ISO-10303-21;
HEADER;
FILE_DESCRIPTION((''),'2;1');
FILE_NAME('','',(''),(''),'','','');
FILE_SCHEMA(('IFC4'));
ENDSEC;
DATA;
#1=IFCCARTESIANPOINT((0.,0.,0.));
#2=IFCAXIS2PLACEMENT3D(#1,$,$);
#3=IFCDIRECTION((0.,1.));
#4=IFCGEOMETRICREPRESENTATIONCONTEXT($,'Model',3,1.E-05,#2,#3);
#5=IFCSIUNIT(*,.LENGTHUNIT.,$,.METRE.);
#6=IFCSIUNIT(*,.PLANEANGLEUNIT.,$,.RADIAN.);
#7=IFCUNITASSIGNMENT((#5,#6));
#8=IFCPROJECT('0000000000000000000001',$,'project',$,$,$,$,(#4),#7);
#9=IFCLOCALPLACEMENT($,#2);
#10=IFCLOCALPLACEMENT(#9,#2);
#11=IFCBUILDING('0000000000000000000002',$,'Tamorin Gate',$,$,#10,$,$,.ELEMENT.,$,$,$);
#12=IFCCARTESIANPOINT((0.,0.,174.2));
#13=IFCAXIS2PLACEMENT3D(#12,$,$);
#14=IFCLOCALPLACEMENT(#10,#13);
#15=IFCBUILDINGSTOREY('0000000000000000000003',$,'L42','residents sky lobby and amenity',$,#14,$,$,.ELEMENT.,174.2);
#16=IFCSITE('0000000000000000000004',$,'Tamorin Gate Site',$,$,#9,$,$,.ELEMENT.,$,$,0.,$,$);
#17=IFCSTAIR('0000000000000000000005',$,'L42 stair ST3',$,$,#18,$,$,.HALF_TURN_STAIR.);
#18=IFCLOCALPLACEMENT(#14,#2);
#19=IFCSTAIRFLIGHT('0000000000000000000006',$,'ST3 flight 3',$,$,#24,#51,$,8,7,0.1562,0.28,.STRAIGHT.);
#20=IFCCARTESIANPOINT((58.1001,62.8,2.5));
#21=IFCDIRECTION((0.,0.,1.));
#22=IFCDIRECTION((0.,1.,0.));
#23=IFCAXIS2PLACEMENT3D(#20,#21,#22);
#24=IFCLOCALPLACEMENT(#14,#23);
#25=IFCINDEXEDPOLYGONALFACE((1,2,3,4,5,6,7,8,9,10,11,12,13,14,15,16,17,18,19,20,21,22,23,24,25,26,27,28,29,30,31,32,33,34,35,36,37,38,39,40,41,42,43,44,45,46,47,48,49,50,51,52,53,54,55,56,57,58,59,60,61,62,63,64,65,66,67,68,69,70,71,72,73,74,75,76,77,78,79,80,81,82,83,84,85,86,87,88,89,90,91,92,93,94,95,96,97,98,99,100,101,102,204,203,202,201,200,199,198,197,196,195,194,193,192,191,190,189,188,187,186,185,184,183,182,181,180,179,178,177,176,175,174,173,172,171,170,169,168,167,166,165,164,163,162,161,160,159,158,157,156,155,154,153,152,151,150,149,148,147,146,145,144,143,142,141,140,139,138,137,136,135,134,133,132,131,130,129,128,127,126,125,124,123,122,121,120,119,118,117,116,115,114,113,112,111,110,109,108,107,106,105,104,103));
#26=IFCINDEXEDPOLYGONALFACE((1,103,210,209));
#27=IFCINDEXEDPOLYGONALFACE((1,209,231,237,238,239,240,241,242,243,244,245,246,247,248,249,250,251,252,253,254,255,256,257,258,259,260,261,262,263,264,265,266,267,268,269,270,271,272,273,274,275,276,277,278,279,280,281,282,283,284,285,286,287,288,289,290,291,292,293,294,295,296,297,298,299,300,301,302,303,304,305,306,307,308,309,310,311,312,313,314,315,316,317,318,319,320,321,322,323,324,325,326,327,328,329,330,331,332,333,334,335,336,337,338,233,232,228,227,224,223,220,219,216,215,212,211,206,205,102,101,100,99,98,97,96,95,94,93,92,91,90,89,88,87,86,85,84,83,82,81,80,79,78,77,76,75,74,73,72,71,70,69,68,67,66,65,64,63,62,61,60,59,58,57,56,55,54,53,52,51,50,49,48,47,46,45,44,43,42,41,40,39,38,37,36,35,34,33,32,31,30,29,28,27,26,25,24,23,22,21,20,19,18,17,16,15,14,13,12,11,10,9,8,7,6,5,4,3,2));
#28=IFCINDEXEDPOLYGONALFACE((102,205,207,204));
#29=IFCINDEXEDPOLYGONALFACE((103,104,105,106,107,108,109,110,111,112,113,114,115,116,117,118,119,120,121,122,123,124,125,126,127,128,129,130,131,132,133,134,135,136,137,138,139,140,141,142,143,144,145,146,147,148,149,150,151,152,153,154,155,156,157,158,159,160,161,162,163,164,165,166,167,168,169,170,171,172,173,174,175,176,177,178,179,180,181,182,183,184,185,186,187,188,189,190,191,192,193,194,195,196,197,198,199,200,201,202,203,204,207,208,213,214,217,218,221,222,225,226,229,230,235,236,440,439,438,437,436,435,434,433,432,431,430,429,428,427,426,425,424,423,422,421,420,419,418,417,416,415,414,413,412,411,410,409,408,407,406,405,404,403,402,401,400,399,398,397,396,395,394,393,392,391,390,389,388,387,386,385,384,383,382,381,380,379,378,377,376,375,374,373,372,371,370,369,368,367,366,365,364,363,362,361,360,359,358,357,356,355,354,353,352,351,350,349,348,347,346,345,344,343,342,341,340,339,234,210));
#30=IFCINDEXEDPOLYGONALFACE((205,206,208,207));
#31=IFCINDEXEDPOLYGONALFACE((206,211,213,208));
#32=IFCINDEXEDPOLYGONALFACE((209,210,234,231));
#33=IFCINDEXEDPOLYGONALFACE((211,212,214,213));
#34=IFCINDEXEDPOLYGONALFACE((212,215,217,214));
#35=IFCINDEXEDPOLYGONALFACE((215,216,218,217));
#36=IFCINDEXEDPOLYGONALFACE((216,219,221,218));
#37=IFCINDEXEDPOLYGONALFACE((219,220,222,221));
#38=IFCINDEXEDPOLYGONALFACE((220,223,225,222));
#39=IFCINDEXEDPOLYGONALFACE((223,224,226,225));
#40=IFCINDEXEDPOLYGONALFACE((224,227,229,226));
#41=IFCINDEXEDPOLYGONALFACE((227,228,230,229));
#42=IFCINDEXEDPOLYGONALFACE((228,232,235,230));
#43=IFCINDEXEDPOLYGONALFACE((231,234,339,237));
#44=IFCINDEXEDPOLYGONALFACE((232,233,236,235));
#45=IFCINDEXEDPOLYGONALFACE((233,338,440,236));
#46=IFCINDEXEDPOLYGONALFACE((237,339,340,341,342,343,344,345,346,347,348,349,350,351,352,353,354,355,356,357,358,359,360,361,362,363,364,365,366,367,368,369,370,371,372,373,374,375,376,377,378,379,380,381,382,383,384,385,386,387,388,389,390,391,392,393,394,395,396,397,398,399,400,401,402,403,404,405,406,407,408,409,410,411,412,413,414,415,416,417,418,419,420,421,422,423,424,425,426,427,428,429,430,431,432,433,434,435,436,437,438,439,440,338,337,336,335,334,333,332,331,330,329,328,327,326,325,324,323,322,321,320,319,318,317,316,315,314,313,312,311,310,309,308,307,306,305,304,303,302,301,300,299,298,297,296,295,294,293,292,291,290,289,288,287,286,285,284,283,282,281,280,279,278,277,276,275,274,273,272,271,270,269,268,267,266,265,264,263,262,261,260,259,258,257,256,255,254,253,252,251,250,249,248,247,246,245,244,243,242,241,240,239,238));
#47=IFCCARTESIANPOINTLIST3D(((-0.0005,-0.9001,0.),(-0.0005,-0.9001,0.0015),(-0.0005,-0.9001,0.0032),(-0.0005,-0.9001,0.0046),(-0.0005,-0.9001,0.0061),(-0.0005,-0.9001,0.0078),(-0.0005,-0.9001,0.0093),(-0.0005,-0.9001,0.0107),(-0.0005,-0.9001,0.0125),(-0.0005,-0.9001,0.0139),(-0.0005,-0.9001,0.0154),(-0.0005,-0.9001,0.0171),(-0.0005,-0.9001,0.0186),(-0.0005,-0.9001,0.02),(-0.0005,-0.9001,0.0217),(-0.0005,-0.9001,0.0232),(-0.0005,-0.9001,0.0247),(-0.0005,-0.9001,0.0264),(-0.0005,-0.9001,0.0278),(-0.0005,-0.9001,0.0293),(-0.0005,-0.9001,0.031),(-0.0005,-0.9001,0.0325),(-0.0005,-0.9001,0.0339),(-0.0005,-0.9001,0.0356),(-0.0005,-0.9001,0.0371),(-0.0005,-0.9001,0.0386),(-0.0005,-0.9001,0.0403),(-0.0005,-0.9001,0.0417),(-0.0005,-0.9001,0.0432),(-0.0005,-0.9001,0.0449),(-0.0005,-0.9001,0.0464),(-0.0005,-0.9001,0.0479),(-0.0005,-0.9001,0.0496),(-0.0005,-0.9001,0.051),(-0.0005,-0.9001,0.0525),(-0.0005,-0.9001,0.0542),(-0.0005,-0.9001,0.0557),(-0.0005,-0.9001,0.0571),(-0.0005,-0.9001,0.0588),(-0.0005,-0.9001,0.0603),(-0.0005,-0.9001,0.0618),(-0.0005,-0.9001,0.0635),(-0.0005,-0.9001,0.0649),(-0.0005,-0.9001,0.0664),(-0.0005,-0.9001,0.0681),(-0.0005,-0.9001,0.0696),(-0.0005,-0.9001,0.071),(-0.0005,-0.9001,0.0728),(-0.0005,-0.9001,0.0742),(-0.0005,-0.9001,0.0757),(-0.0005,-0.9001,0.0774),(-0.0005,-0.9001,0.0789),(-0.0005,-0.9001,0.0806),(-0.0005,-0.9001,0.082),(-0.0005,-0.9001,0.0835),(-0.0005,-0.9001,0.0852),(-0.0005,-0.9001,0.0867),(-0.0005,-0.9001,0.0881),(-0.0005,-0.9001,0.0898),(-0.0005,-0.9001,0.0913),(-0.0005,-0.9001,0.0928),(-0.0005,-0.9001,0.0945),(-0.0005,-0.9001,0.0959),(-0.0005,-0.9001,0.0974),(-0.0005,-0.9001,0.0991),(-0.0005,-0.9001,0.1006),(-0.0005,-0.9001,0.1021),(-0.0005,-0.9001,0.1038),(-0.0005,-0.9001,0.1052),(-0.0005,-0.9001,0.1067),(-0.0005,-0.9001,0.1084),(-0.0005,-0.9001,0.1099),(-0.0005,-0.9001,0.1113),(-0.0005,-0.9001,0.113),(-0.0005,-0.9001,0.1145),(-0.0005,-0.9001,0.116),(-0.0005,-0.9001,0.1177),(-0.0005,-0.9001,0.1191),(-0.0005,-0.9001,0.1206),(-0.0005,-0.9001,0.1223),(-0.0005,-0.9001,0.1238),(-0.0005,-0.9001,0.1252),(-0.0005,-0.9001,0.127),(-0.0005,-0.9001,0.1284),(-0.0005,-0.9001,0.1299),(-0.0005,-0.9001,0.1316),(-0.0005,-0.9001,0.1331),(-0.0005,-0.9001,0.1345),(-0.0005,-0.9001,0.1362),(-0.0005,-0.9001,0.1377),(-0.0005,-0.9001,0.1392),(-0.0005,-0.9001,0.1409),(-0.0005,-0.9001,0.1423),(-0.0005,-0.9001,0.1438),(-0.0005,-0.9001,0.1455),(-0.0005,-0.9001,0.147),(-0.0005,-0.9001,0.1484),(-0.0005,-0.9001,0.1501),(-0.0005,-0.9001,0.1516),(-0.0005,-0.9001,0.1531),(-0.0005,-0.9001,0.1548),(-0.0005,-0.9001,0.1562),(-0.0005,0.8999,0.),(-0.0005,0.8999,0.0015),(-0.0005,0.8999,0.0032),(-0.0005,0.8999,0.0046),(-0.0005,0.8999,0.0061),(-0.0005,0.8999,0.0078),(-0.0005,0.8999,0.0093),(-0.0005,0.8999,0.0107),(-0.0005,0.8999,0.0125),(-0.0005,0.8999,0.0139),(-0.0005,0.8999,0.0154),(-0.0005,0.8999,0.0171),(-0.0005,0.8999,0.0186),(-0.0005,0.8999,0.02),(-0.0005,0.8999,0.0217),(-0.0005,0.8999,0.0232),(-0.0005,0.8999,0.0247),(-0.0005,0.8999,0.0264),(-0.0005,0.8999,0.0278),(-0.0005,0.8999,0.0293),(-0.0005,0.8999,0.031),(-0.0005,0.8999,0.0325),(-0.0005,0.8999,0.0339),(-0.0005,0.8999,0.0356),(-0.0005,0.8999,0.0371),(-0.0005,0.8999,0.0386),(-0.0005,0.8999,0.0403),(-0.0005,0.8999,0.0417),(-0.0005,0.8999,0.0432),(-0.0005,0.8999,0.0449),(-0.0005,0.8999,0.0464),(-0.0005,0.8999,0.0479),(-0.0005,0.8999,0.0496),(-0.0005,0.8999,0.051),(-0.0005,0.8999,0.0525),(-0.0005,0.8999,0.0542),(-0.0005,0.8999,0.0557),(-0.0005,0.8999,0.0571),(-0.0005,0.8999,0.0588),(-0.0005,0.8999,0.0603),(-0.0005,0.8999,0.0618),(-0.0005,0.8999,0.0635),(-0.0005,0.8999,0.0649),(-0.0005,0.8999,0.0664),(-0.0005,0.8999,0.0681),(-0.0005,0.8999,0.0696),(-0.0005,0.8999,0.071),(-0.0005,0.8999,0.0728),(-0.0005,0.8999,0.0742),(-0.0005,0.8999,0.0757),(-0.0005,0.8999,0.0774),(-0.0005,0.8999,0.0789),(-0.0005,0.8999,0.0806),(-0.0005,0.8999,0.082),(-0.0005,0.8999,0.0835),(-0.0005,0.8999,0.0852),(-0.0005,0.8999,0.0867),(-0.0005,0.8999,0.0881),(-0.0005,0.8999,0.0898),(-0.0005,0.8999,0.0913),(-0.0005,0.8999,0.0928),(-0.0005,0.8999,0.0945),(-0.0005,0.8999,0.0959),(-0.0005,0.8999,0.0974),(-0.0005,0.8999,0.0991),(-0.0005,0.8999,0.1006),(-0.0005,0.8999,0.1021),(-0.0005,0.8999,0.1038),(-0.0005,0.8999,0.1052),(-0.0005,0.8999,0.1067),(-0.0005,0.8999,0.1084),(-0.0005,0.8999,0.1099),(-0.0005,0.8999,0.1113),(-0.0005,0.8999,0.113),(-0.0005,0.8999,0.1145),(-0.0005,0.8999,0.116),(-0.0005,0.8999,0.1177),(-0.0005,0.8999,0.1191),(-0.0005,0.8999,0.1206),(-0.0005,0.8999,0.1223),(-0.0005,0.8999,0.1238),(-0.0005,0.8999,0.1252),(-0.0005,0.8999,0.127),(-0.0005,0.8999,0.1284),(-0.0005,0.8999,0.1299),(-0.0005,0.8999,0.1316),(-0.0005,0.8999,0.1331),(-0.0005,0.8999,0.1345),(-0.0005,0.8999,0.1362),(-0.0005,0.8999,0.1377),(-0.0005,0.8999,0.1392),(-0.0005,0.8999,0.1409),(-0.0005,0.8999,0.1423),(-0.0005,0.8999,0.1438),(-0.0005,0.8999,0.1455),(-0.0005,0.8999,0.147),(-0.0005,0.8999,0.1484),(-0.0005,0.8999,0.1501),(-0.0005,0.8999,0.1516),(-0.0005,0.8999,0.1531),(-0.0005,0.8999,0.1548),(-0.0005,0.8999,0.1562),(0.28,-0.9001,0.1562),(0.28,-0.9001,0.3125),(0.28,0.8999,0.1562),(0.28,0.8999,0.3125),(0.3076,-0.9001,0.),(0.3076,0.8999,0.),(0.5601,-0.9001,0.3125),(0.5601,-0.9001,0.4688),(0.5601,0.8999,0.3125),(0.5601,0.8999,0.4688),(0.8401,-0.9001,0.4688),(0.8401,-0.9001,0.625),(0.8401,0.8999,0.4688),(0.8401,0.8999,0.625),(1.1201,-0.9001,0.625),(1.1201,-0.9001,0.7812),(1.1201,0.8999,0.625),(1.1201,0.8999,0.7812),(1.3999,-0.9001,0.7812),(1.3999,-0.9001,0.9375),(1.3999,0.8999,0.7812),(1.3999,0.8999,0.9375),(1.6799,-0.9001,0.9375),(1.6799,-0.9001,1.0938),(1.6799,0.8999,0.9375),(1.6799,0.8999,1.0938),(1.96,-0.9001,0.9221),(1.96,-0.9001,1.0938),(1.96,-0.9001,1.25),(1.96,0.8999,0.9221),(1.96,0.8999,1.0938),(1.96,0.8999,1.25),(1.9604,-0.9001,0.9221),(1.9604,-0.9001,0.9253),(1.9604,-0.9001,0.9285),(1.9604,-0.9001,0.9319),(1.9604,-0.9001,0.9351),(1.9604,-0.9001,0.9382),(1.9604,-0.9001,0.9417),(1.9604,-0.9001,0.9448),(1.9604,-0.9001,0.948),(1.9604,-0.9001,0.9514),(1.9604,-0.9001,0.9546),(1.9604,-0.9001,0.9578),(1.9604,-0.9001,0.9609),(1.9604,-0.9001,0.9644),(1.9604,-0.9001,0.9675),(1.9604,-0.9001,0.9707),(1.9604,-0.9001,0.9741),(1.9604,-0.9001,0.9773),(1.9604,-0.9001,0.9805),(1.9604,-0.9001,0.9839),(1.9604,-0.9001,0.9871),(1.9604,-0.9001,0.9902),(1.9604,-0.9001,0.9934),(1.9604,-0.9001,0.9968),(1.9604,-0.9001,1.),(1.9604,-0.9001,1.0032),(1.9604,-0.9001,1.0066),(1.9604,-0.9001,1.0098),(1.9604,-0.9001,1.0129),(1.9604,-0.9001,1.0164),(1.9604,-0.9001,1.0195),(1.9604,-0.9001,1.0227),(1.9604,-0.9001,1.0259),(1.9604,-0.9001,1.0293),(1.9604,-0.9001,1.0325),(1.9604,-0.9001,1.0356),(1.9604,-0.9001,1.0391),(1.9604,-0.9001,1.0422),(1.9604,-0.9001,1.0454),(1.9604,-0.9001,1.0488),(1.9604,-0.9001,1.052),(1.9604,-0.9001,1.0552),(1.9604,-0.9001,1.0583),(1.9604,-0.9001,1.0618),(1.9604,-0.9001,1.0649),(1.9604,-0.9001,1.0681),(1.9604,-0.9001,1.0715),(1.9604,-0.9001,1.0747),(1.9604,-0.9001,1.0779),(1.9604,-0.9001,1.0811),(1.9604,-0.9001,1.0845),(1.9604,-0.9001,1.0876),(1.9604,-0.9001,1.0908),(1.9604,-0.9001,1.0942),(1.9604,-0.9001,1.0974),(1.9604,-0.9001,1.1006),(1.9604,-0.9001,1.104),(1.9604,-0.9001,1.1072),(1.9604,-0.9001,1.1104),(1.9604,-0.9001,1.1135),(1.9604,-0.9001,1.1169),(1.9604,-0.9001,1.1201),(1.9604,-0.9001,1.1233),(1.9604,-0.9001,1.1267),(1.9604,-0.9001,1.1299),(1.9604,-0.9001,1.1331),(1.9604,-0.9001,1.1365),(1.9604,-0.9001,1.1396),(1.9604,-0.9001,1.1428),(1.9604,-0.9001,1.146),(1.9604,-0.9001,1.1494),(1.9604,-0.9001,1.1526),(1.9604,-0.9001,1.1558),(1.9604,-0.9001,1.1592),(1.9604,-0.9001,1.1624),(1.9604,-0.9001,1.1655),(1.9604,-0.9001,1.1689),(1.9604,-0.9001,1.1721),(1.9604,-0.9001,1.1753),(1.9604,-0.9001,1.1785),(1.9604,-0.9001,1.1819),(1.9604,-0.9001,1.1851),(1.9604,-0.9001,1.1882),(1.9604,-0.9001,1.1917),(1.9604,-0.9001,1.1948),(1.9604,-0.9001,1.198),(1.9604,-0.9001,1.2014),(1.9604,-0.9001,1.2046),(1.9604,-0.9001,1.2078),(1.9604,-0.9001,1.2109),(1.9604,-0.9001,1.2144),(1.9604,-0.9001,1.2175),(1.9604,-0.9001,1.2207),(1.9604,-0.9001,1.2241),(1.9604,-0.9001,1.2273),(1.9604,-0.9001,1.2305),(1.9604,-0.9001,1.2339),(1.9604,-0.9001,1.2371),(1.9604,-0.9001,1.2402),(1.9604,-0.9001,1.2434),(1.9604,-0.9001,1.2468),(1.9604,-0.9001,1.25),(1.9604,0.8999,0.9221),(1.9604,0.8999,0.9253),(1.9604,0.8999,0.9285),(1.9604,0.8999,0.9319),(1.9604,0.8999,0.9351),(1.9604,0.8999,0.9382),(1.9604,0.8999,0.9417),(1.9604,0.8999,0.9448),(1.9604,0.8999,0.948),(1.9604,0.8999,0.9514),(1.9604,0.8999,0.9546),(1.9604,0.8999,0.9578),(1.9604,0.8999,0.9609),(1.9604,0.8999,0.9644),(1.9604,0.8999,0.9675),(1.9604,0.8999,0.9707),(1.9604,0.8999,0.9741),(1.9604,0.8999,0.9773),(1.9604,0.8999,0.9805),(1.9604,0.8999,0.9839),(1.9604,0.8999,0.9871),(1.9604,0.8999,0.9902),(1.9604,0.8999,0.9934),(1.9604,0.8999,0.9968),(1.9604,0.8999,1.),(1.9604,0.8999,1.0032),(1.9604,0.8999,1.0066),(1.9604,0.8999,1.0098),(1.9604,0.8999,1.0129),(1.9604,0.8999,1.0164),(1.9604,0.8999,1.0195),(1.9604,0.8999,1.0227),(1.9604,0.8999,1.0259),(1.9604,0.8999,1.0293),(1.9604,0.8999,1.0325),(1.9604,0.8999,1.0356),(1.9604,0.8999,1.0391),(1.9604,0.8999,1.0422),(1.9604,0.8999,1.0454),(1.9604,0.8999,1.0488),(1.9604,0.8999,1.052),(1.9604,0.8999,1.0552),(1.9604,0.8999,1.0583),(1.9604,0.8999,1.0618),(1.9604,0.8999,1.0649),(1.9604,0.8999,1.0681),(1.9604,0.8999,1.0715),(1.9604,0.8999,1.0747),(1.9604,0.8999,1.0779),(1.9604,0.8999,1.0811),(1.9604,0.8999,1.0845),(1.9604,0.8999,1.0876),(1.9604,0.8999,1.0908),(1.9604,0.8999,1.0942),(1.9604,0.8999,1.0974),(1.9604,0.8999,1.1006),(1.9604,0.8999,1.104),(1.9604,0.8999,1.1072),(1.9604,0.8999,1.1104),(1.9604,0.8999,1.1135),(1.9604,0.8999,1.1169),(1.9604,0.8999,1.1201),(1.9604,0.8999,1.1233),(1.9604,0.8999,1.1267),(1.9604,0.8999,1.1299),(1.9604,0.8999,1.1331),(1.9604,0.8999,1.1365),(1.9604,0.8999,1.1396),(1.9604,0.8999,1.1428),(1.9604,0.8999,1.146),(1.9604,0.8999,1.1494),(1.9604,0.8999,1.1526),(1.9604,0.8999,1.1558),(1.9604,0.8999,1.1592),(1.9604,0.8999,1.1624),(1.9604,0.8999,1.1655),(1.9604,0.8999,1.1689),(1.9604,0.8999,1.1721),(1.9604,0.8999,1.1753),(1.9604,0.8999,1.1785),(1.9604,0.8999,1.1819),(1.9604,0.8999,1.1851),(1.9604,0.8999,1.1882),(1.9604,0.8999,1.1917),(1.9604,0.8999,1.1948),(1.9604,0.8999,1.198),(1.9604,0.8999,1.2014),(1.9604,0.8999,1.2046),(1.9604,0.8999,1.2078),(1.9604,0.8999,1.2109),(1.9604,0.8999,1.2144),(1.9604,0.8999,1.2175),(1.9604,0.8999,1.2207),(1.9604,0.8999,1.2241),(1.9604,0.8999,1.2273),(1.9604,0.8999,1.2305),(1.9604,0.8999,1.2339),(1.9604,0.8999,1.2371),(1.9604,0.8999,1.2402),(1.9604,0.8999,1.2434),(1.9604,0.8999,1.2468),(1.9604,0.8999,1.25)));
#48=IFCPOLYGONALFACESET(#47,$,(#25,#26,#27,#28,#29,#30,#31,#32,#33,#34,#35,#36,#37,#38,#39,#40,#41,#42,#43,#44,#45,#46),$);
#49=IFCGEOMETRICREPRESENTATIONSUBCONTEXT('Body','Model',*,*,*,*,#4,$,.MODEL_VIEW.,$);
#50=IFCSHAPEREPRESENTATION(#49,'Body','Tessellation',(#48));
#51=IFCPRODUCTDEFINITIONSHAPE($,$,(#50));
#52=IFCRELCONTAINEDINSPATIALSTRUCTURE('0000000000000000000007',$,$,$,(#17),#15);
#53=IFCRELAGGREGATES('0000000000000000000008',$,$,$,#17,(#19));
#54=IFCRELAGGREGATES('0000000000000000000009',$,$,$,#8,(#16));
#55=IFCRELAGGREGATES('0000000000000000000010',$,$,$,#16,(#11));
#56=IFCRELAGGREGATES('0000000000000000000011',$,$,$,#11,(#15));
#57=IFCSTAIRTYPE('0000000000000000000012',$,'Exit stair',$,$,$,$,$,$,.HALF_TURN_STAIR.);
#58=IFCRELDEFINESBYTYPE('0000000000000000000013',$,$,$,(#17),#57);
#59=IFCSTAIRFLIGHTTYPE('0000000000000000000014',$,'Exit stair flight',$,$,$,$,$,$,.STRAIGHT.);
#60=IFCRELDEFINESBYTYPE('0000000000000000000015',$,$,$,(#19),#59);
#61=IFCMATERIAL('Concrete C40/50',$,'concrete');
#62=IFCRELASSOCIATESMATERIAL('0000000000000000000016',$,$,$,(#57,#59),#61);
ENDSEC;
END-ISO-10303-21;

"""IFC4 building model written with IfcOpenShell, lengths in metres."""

from ifc_helpers import new_model, si_unit, direction, frame, origin, place, context, subcontext, project, spatial, polyline, outline, extrude, material, type_object, element, aggregate, save


model = new_model("IFC4")

# Units and contexts
model_context = context("Model", 3, precision=1e-05, world=origin(), true_north=direction((0.0, 1.0)))
body_context = subcontext(model_context, "Body", "Model", "MODEL_VIEW")
ifc_project = project(units=[si_unit("LENGTHUNIT", "METRE"), si_unit("PLANEANGLEUNIT", "RADIAN")], contexts=[model_context])

# Site, building, storey
site_placement = place(None, origin())
site = spatial("IfcSite", under=ifc_project, at=site_placement, Name="Tamorin Gate Site", CompositionType="ELEMENT", RefElevation=0.0)
building_placement = place(site_placement, origin())
building = spatial("IfcBuilding", under=site, at=building_placement, Name="Tamorin Gate", CompositionType="ELEMENT")
storey_placement = place(building_placement, frame((0.0, 0.0, 174.2)))
storey = spatial("IfcBuildingStorey", under=building, at=storey_placement, Name="L42", Description="residents sky lobby and amenity", CompositionType="ELEMENT", Elevation=174.2)

# Shared definitions
ifc_material_1 = material(Name="Concrete C40/50", Category="concrete")

# Stair, stair flight
stair_type = type_object("IfcStairType", Name="Exit stair", PredefinedType="HALF_TURN_STAIR", material=ifc_material_1)
stair_placement = place(storey_placement, origin())
stair = element("IfcStair", 1, at=stair_placement, inside=storey, type_object=stair_type, Name="L42 stair ST3", PredefinedType="HALF_TURN_STAIR")
stair_flight_type = type_object("IfcStairFlightType", Name="Exit stair flight", PredefinedType="STRAIGHT", material=ifc_material_1)
stair_flight_1_placement = place(storey_placement, frame((58.1001, 62.8, 2.5), z_axis=(0.0, 0.0, 1.0), x_axis=(0.0, 1.0, 0.0)))
stair_flight_1 = element("IfcStairFlight", 2, at=stair_flight_1_placement, type_object=stair_flight_type, Name="ST3 flight 3", NumberOfRisers=8, NumberOfTreads=7, PredefinedType="STRAIGHT", RiserHeight=0.1562, TreadLength=0.28, context=body_context, shape_type="SweptSolid", body=[
    extrude(outline(polyline([(-0.0005, 0.0), (-0.0005, 0.0015), (-0.0005, 0.0032), (-0.0005, 0.0046), (-0.0005, 0.0061), (-0.0005, 0.0078), (-0.0005, 0.0093), (-0.0005, 0.0107), (-0.0005, 0.0125), (-0.0005, 0.0139), (-0.0005, 0.0154), (-0.0005, 0.0171), (-0.0005, 0.0186), (-0.0005, 0.02), (-0.0005, 0.0217), (-0.0005, 0.0232), (-0.0005, 0.0247), (-0.0005, 0.0264), (-0.0005, 0.0278), (-0.0005, 0.0293), (-0.0005, 0.031), (-0.0005, 0.0325), (-0.0005, 0.0339), (-0.0005, 0.0356), (-0.0005, 0.0371), (-0.0005, 0.0386), (-0.0005, 0.0403), (-0.0005, 0.0417), (-0.0005, 0.0432), (-0.0005, 0.0449), (-0.0005, 0.0464), (-0.0005, 0.0479), (-0.0005, 0.0496), (-0.0005, 0.051), (-0.0005, 0.0525), (-0.0005, 0.0542), (-0.0005, 0.0557), (-0.0005, 0.0571), (-0.0005, 0.0588), (-0.0005, 0.0603), (-0.0005, 0.0618), (-0.0005, 0.0635), (-0.0005, 0.0649), (-0.0005, 0.0664), (-0.0005, 0.0681), (-0.0005, 0.0696), (-0.0005, 0.071), (-0.0005, 0.0728), (-0.0005, 0.0742), (-0.0005, 0.0757), (-0.0005, 0.0774), (-0.0005, 0.0789), (-0.0005, 0.0806), (-0.0005, 0.082), (-0.0005, 0.0835), (-0.0005, 0.0852), (-0.0005, 0.0867), (-0.0005, 0.0881), (-0.0005, 0.0898), (-0.0005, 0.0913), (-0.0005, 0.0928), (-0.0005, 0.0945), (-0.0005, 0.0959), (-0.0005, 0.0974), (-0.0005, 0.0991), (-0.0005, 0.1006), (-0.0005, 0.1021), (-0.0005, 0.1038), (-0.0005, 0.1052), (-0.0005, 0.1067), (-0.0005, 0.1084), (-0.0005, 0.1099), (-0.0005, 0.1113), (-0.0005, 0.113), (-0.0005, 0.1145), (-0.0005, 0.116), (-0.0005, 0.1177), (-0.0005, 0.1191), (-0.0005, 0.1206), (-0.0005, 0.1223), (-0.0005, 0.1238), (-0.0005, 0.1252), (-0.0005, 0.127), (-0.0005, 0.1284), (-0.0005, 0.1299), (-0.0005, 0.1316), (-0.0005, 0.1331), (-0.0005, 0.1345), (-0.0005, 0.1362), (-0.0005, 0.1377), (-0.0005, 0.1392), (-0.0005, 0.1409), (-0.0005, 0.1423), (-0.0005, 0.1438), (-0.0005, 0.1455), (-0.0005, 0.147), (-0.0005, 0.1484), (-0.0005, 0.1501), (-0.0005, 0.1516), (-0.0005, 0.1531), (-0.0005, 0.1548), (-0.0005, 0.1562), (0.28, 0.1562), (0.28, 0.3125), (0.5601, 0.3125), (0.5601, 0.4688), (0.8401, 0.4688), (0.8401, 0.625), (1.1201, 0.625), (1.1201, 0.7812), (1.3999, 0.7812), (1.3999, 0.9375), (1.6799, 0.9375), (1.6799, 1.0938), (1.96, 1.0938), (1.96, 1.25), (1.9604, 1.25), (1.9604, 1.2468), (1.9604, 1.2434), (1.9604, 1.2402), (1.9604, 1.2371), (1.9604, 1.2339), (1.9604, 1.2305), (1.9604, 1.2273), (1.9604, 1.2241), (1.9604, 1.2207), (1.9604, 1.2175), (1.9604, 1.2144), (1.9604, 1.2109), (1.9604, 1.2078), (1.9604, 1.2046), (1.9604, 1.2014), (1.9604, 1.198), (1.9604, 1.1948), (1.9604, 1.1917), (1.9604, 1.1882), (1.9604, 1.1851), (1.9604, 1.1819), (1.9604, 1.1785), (1.9604, 1.1753), (1.9604, 1.1721), (1.9604, 1.1689), (1.9604, 1.1655), (1.9604, 1.1624), (1.9604, 1.1592), (1.9604, 1.1558), (1.9604, 1.1526), (1.9604, 1.1494), (1.9604, 1.146), (1.9604, 1.1428), (1.9604, 1.1396), (1.9604, 1.1365), (1.9604, 1.1331), (1.9604, 1.1299), (1.9604, 1.1267), (1.9604, 1.1233), (1.9604, 1.1201), (1.9604, 1.1169), (1.9604, 1.1135), (1.9604, 1.1104), (1.9604, 1.1072), (1.9604, 1.104), (1.9604, 1.1006), (1.9604, 1.0974), (1.9604, 1.0942), (1.9604, 1.0908), (1.9604, 1.0876), (1.9604, 1.0845), (1.9604, 1.0811), (1.9604, 1.0779), (1.9604, 1.0747), (1.9604, 1.0715), (1.9604, 1.0681), (1.9604, 1.0649), (1.9604, 1.0618), (1.9604, 1.0583), (1.9604, 1.0552), (1.9604, 1.052), (1.9604, 1.0488), (1.9604, 1.0454), (1.9604, 1.0422), (1.9604, 1.0391), (1.9604, 1.0356), (1.9604, 1.0325), (1.9604, 1.0293), (1.9604, 1.0259), (1.9604, 1.0227), (1.9604, 1.0195), (1.9604, 1.0164), (1.9604, 1.0129), (1.9604, 1.0098), (1.9604, 1.0066), (1.9604, 1.0032), (1.9604, 1.0), (1.9604, 0.9968), (1.9604, 0.9934), (1.9604, 0.9902), (1.9604, 0.9871), (1.9604, 0.9839), (1.9604, 0.9805), (1.9604, 0.9773), (1.9604, 0.9741), (1.9604, 0.9707), (1.9604, 0.9675), (1.9604, 0.9644), (1.9604, 0.9609), (1.9604, 0.9578), (1.9604, 0.9546), (1.9604, 0.9514), (1.9604, 0.948), (1.9604, 0.9448), (1.9604, 0.9417), (1.9604, 0.9382), (1.9604, 0.9351), (1.9604, 0.9319), (1.9604, 0.9285), (1.9604, 0.9253), (1.9604, 0.9221), (1.96, 0.9221), (0.3076, 0.0), (-0.0005, 0.0)])), frame((0.0, 0.8999, 0.0), z_axis=(0.0, -1.0, 0.0), x_axis=(1.0, 0.0, 0.0)), (0.0, 0.0, 1.0), 1.8),
])
aggregate(stair, [stair_flight_1])

save(model, "model.ifc")
